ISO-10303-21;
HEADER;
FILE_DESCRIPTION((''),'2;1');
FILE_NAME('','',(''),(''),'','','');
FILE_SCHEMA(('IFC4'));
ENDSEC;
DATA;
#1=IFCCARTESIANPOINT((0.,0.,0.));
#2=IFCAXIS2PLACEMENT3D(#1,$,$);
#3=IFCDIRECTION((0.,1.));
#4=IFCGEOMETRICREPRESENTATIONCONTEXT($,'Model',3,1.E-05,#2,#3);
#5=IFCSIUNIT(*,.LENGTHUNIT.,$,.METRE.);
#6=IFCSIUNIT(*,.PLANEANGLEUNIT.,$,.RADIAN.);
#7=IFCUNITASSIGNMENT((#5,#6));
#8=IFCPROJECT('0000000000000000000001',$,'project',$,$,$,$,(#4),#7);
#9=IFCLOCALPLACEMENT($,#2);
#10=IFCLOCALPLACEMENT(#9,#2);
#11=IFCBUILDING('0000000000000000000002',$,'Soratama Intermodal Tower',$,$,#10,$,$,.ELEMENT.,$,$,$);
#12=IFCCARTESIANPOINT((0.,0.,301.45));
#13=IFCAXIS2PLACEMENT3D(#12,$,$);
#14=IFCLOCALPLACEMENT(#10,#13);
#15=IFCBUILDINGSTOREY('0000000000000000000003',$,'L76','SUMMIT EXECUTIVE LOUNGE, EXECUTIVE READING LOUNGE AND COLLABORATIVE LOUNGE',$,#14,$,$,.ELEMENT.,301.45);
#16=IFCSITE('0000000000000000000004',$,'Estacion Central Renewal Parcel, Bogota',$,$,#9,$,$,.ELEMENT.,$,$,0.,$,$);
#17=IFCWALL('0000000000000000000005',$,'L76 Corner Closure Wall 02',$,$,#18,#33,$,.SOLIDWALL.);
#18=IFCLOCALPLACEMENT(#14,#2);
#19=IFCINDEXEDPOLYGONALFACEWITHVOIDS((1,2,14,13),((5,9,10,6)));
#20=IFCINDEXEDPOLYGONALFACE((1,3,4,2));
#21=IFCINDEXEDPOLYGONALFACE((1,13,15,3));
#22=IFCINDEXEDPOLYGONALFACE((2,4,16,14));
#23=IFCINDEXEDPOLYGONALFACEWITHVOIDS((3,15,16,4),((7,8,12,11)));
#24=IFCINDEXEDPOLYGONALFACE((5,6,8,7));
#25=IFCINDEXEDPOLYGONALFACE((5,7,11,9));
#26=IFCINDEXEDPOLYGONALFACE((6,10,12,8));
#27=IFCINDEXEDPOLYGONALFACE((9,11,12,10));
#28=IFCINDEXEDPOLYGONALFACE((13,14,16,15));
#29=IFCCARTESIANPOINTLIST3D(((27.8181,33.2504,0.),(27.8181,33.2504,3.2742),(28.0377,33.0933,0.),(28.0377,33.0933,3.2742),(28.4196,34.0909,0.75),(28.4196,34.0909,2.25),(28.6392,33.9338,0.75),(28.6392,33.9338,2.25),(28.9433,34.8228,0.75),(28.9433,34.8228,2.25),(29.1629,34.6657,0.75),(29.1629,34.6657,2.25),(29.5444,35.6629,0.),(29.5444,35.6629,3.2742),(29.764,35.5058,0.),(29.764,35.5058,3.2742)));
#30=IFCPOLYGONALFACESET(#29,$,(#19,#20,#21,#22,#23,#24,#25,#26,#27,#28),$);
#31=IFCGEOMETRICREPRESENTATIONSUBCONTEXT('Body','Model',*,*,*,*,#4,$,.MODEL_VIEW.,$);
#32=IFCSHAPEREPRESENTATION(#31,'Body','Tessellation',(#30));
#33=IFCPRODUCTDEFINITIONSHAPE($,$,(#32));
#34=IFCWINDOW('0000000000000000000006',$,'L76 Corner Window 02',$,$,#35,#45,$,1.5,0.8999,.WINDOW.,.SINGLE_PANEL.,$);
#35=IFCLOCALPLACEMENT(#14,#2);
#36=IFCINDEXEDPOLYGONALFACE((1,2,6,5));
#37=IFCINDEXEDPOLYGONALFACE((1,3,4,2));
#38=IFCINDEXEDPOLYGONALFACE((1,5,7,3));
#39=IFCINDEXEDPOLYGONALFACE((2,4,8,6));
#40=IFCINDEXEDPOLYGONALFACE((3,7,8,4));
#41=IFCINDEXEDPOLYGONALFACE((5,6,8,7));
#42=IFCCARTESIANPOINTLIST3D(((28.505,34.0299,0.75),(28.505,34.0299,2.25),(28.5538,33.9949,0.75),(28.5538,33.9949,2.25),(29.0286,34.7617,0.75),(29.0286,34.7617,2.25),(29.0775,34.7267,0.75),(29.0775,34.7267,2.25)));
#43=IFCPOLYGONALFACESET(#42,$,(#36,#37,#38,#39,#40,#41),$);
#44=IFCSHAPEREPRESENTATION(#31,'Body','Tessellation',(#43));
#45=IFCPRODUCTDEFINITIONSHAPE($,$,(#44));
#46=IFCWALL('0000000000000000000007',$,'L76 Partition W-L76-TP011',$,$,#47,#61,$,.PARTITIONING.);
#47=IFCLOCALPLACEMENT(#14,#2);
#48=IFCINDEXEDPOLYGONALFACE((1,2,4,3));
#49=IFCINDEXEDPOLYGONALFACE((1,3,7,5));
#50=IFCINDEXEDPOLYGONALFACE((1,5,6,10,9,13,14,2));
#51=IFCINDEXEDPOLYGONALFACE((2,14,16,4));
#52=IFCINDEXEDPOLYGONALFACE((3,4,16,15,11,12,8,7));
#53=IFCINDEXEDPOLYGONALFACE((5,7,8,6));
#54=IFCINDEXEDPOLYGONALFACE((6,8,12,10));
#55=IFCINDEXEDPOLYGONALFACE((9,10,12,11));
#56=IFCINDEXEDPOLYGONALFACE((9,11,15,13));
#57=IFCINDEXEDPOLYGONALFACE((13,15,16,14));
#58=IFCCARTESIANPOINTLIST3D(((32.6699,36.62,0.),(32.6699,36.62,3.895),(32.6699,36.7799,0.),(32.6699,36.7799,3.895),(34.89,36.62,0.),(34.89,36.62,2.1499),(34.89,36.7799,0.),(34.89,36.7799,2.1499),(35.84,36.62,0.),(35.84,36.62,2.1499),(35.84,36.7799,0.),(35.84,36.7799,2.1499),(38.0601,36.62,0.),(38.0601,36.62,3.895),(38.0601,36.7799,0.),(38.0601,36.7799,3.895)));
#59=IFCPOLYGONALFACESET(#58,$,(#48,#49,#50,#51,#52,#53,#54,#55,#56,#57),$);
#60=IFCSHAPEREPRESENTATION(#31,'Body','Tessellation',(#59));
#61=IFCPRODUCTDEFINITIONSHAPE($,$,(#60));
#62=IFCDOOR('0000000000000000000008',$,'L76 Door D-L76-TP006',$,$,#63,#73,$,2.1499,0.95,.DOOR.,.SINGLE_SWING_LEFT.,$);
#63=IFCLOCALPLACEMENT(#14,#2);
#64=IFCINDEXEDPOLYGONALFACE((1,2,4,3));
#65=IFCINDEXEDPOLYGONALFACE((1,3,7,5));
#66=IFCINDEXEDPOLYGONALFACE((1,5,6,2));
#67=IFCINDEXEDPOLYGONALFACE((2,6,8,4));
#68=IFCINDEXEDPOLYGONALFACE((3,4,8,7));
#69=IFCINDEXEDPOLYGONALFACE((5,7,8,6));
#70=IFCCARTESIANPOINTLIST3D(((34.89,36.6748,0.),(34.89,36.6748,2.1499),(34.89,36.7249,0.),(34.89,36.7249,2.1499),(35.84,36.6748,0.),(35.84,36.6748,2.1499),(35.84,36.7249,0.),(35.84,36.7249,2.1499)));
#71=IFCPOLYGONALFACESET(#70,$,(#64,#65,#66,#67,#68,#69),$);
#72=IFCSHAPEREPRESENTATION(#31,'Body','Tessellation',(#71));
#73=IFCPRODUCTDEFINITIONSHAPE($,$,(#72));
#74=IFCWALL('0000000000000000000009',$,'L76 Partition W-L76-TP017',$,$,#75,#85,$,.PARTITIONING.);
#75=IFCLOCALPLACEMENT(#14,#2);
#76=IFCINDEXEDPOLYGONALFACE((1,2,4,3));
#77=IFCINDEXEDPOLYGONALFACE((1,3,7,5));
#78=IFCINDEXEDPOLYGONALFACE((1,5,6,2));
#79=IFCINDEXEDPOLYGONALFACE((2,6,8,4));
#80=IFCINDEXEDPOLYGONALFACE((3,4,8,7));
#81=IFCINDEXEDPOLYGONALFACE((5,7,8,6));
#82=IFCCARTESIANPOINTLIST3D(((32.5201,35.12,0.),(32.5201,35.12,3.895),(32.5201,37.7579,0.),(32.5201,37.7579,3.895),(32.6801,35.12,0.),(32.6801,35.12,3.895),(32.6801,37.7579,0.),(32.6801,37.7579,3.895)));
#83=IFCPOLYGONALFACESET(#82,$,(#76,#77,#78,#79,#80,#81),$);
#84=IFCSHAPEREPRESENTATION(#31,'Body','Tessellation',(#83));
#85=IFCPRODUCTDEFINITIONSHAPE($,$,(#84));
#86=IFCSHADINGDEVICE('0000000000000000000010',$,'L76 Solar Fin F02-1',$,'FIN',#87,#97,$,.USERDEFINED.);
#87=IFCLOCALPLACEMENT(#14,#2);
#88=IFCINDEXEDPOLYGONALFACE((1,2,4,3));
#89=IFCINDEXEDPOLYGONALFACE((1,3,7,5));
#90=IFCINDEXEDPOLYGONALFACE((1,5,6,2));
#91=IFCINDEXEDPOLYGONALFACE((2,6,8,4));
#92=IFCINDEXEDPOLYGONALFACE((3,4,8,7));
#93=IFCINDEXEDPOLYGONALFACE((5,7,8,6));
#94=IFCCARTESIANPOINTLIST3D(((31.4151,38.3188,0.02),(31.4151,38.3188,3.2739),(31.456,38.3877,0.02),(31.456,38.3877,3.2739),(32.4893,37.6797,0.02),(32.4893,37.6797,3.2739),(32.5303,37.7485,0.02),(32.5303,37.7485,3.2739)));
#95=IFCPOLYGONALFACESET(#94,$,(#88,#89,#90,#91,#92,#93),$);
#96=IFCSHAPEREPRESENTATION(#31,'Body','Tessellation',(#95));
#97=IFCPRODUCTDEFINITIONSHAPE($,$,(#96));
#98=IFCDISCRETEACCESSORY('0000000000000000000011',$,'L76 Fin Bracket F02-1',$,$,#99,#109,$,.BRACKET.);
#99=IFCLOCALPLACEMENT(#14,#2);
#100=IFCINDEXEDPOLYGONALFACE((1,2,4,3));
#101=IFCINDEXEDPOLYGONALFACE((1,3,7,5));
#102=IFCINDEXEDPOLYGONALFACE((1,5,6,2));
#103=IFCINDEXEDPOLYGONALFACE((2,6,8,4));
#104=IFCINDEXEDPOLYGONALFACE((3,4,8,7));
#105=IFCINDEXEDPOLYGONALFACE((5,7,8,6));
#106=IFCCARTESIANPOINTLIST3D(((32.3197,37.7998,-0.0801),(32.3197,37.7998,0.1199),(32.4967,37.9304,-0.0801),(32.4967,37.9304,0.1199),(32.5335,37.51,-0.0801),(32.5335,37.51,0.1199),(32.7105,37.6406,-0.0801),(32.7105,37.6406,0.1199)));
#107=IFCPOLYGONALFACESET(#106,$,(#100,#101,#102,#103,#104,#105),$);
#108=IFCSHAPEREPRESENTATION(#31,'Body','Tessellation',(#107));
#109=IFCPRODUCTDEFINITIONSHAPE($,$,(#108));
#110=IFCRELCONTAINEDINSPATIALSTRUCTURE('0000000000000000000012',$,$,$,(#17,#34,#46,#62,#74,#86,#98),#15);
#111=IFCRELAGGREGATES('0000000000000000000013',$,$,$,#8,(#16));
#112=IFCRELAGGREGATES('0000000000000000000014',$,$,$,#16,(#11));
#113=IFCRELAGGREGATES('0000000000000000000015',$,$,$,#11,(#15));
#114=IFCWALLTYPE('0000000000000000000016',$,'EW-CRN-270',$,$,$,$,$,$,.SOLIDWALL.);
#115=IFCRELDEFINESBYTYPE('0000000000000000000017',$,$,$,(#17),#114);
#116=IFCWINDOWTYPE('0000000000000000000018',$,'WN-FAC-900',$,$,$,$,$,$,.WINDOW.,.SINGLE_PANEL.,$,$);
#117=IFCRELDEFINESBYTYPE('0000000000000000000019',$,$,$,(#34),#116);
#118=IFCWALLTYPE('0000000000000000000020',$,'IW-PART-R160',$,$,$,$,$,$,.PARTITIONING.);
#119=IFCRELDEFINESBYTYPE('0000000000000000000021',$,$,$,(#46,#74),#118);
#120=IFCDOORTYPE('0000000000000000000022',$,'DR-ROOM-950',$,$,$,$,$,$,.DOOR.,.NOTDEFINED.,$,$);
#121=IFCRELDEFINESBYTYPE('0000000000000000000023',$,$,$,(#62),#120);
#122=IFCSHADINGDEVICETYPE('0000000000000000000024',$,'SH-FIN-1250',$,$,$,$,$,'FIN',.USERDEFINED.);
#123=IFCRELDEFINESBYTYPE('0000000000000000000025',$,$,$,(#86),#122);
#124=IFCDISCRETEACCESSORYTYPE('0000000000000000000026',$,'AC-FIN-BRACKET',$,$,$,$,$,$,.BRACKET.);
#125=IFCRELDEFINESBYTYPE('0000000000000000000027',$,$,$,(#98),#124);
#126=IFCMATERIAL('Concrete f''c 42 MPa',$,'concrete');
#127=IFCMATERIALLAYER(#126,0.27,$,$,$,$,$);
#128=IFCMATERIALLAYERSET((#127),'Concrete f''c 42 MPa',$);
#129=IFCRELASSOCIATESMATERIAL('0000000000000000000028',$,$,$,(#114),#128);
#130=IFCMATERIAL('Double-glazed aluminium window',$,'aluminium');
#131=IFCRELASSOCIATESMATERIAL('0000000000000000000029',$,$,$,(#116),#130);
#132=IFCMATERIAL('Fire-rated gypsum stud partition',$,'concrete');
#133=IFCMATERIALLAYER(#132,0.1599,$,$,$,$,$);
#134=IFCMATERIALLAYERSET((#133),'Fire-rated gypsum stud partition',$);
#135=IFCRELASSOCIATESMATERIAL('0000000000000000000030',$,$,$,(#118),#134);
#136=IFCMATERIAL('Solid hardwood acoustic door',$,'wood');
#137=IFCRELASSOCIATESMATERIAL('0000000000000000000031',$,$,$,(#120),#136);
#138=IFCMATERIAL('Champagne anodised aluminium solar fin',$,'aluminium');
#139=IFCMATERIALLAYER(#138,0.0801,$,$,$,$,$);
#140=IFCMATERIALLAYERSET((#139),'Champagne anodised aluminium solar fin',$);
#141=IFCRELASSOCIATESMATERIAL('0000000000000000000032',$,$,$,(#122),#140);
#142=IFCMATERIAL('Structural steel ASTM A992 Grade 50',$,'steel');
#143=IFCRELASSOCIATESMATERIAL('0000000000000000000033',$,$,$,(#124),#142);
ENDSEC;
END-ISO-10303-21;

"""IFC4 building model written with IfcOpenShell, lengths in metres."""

from ifc_helpers import new_model, si_unit, direction, frame, frame_2d, origin, origin_2d, place, context, subcontext, project, spatial, rectangle, extrude, material, layer, layer_set, type_object, element, fill, save


model = new_model("IFC4")

# Units and contexts
model_context = context("Model", 3, precision=1e-05, world=origin(), true_north=direction((0.0, 1.0)))
body_context = subcontext(model_context, "Body", "Model", "MODEL_VIEW")
ifc_project = project(units=[si_unit("LENGTHUNIT", "METRE"), si_unit("PLANEANGLEUNIT", "RADIAN")], contexts=[model_context])

# Site, building, storey
site_placement = place(None, origin())
site = spatial("IfcSite", under=ifc_project, at=site_placement, Name="Estacion Central Renewal Parcel, Bogota", CompositionType="ELEMENT", RefElevation=0.0)
building_placement = place(site_placement, origin())
building = spatial("IfcBuilding", under=site, at=building_placement, Name="Soratama Intermodal Tower", CompositionType="ELEMENT")
storey_placement = place(building_placement, frame((0.0, 0.0, 301.45)))
storey = spatial("IfcBuildingStorey", under=building, at=storey_placement, Name="L76", Description="SUMMIT EXECUTIVE LOUNGE, EXECUTIVE READING LOUNGE AND COLLABORATIVE LOUNGE", CompositionType="ELEMENT", Elevation=301.45)

# Wall, opening, window
ifc_material_1 = material(Name="Concrete f'c 42 MPa", Category="concrete")
ifc_layer_1 = layer(ifc_material_1, 0.27)
ifc_layer_set_1 = layer_set([ifc_layer_1], Name="Concrete f'c 42 MPa")
wall_type_1 = type_object("IfcWallType", Name="EW-CRN-270", PredefinedType="SOLIDWALL", material=ifc_layer_set_1)
wall_1_placement = place(storey_placement, frame((29.6543, 35.5845, 0.0), z_axis=(0.0, 0.0, 1.0), x_axis=(-0.581915, -0.813249, 0.0)))
wall_1 = element("IfcWall", 1, at=wall_1_placement, inside=storey, type_object=wall_type_1, Name="L76 Corner Closure Wall 02", PredefinedType="SOLIDWALL", context=body_context, shape_type="SweptSolid", body=[
    extrude(rectangle(XDim=2.9666, YDim=0.27, at=frame_2d((1.4834, 0.0))), origin(), (0.0, 0.0, 1.0), 3.2742),
])
opening_1_placement = place(wall_1_placement, frame((1.0332, 0.0, 0.75)))
opening_1 = element("IfcOpeningElement", 2, at=opening_1_placement, cuts=wall_1, PredefinedType="OPENING", context=body_context, shape_type="SweptSolid", body=[
    extrude(rectangle(XDim=0.8999, YDim=1.5, at=frame_2d((0.45, 0.75))), frame((0.0, 0.145, 0.0), z_axis=(0.0, -1.0, 0.0), x_axis=(1.0, 0.0, 0.0)), (0.0, 0.0, 1.0), 0.29),
])
ifc_material_2 = material(Name="Double-glazed aluminium window", Category="aluminium")
window_type = type_object("IfcWindowType", Name="WN-FAC-900", PartitioningType="SINGLE_PANEL", PredefinedType="WINDOW", material=ifc_material_2)
window_placement = place(opening_1_placement, origin())
window = element("IfcWindow", 3, at=window_placement, inside=storey, type_object=window_type, Name="L76 Corner Window 02", OverallHeight=1.5, OverallWidth=0.8999, PartitioningType="SINGLE_PANEL", PredefinedType="WINDOW", context=body_context, shape_type="SweptSolid", body=[
    extrude(rectangle(XDim=0.8999, YDim=1.5, at=frame_2d((0.45, 0.75))), frame((0.0, 0.03, 0.0), z_axis=(0.0, -1.0, 0.0), x_axis=(1.0, 0.0, 0.0)), (0.0, 0.0, 1.0), 0.0601),
])
fill(opening_1, window)

# Wall, opening, door
ifc_material_3 = material(Name="Fire-rated gypsum stud partition", Category="concrete")
ifc_layer_2 = layer(ifc_material_3, 0.1599)
ifc_layer_set_2 = layer_set([ifc_layer_2], Name="Fire-rated gypsum stud partition")
wall_type_2 = type_object("IfcWallType", Name="IW-PART-R160", PredefinedType="PARTITIONING", material=ifc_layer_set_2)
wall_2_placement = place(storey_placement, frame((32.6699, 36.7, 0.0), z_axis=(0.0, 0.0, 1.0), x_axis=(1.0, 0.0, 0.0)))
wall_2 = element("IfcWall", 4, at=wall_2_placement, inside=storey, type_object=wall_type_2, Name="L76 Partition W-L76-TP011", PredefinedType="PARTITIONING", context=body_context, shape_type="SweptSolid", body=[
    extrude(rectangle(XDim=5.3901, YDim=0.1599, at=frame_2d((2.6951, 0.0))), origin(), (0.0, 0.0, 1.0), 3.895),
])
opening_2_placement = place(wall_2_placement, frame((2.22, 0.0, 0.0)))
opening_2 = element("IfcOpeningElement", 5, at=opening_2_placement, cuts=wall_2, PredefinedType="OPENING", context=body_context, shape_type="SweptSolid", body=[
    extrude(rectangle(XDim=0.95, YDim=2.1499, at=frame_2d((0.4751, 1.075))), frame((0.0, 0.0898, 0.0), z_axis=(0.0, -1.0, 0.0), x_axis=(1.0, 0.0, 0.0)), (0.0, 0.0, 1.0), 0.1799),
])
ifc_material_4 = material(Name="Solid hardwood acoustic door", Category="wood")
door_type = type_object("IfcDoorType", Name="DR-ROOM-950", OperationType="NOTDEFINED", PredefinedType="DOOR", material=ifc_material_4)
door_placement = place(opening_2_placement, origin())
door = element("IfcDoor", 6, at=door_placement, inside=storey, type_object=door_type, Name="L76 Door D-L76-TP006", OperationType="SINGLE_SWING_LEFT", OverallHeight=2.1499, OverallWidth=0.95, PredefinedType="DOOR", context=body_context, shape_type="SweptSolid", body=[
    extrude(rectangle(XDim=0.95, YDim=2.1499, at=frame_2d((0.4751, 1.075))), frame((0.0, 0.0249, 0.0), z_axis=(0.0, -1.0, 0.0), x_axis=(1.0, 0.0, 0.0)), (0.0, 0.0, 1.0), 0.05),
])
fill(opening_2, door)

# Wall
wall_3_placement = place(storey_placement, frame((32.6001, 35.1201, 0.0), z_axis=(0.0, 0.0, 1.0), x_axis=(0.0, 1.0, 0.0)))
element("IfcWall", 7, at=wall_3_placement, inside=storey, type_object=wall_type_2, Name="L76 Partition W-L76-TP017", PredefinedType="PARTITIONING", context=body_context, shape_type="SweptSolid", body=[
    extrude(rectangle(XDim=2.6379, YDim=0.1599, at=frame_2d((1.3188, 0.0))), origin(), (0.0, 0.0, 1.0), 3.895),
])

# Shading device
ifc_material_5 = material(Name="Champagne anodised aluminium solar fin", Category="aluminium")
ifc_layer_3 = layer(ifc_material_5, 0.0801)
ifc_layer_set_3 = layer_set([ifc_layer_3], Name="Champagne anodised aluminium solar fin")
shading_device_type = type_object("IfcShadingDeviceType", Name="SH-FIN-1250", ElementType="FIN", PredefinedType="USERDEFINED", material=ifc_layer_set_3)
shading_device_placement = place(storey_placement, frame((31.9727, 38.0337, 0.02), z_axis=(0.0, 0.0, 1.0), x_axis=(-0.859406, 0.511293, 0.0)))
element("IfcShadingDevice", 8, at=shading_device_placement, inside=storey, type_object=shading_device_type, Name="L76 Solar Fin F02-1", ObjectType="FIN", PredefinedType="USERDEFINED", context=body_context, shape_type="SweptSolid", body=[
    extrude(rectangle(XDim=1.25, YDim=0.0801, at=origin_2d()), origin(), (0.0, 0.0, 1.0), 3.2539),
])

# Discrete accessory
ifc_material_6 = material(Name="Structural steel ASTM A992 Grade 50", Category="steel")
discrete_accessory_type = type_object("IfcDiscreteAccessoryType", Name="AC-FIN-BRACKET", PredefinedType="BRACKET", material=ifc_material_6)
discrete_accessory_placement = place(storey_placement, frame((32.5151, 37.7202, -0.0801), z_axis=(0.0, 0.0, 1.0), x_axis=(-0.5937, 0.804687, 0.0)))
element("IfcDiscreteAccessory", 9, at=discrete_accessory_placement, inside=storey, type_object=discrete_accessory_type, Name="L76 Fin Bracket F02-1", PredefinedType="BRACKET", context=body_context, shape_type="SweptSolid", body=[
    extrude(rectangle(XDim=0.3601, YDim=0.22, at=origin_2d()), origin(), (0.0, 0.0, 1.0), 0.2),
])

save(model, "model.ifc")
